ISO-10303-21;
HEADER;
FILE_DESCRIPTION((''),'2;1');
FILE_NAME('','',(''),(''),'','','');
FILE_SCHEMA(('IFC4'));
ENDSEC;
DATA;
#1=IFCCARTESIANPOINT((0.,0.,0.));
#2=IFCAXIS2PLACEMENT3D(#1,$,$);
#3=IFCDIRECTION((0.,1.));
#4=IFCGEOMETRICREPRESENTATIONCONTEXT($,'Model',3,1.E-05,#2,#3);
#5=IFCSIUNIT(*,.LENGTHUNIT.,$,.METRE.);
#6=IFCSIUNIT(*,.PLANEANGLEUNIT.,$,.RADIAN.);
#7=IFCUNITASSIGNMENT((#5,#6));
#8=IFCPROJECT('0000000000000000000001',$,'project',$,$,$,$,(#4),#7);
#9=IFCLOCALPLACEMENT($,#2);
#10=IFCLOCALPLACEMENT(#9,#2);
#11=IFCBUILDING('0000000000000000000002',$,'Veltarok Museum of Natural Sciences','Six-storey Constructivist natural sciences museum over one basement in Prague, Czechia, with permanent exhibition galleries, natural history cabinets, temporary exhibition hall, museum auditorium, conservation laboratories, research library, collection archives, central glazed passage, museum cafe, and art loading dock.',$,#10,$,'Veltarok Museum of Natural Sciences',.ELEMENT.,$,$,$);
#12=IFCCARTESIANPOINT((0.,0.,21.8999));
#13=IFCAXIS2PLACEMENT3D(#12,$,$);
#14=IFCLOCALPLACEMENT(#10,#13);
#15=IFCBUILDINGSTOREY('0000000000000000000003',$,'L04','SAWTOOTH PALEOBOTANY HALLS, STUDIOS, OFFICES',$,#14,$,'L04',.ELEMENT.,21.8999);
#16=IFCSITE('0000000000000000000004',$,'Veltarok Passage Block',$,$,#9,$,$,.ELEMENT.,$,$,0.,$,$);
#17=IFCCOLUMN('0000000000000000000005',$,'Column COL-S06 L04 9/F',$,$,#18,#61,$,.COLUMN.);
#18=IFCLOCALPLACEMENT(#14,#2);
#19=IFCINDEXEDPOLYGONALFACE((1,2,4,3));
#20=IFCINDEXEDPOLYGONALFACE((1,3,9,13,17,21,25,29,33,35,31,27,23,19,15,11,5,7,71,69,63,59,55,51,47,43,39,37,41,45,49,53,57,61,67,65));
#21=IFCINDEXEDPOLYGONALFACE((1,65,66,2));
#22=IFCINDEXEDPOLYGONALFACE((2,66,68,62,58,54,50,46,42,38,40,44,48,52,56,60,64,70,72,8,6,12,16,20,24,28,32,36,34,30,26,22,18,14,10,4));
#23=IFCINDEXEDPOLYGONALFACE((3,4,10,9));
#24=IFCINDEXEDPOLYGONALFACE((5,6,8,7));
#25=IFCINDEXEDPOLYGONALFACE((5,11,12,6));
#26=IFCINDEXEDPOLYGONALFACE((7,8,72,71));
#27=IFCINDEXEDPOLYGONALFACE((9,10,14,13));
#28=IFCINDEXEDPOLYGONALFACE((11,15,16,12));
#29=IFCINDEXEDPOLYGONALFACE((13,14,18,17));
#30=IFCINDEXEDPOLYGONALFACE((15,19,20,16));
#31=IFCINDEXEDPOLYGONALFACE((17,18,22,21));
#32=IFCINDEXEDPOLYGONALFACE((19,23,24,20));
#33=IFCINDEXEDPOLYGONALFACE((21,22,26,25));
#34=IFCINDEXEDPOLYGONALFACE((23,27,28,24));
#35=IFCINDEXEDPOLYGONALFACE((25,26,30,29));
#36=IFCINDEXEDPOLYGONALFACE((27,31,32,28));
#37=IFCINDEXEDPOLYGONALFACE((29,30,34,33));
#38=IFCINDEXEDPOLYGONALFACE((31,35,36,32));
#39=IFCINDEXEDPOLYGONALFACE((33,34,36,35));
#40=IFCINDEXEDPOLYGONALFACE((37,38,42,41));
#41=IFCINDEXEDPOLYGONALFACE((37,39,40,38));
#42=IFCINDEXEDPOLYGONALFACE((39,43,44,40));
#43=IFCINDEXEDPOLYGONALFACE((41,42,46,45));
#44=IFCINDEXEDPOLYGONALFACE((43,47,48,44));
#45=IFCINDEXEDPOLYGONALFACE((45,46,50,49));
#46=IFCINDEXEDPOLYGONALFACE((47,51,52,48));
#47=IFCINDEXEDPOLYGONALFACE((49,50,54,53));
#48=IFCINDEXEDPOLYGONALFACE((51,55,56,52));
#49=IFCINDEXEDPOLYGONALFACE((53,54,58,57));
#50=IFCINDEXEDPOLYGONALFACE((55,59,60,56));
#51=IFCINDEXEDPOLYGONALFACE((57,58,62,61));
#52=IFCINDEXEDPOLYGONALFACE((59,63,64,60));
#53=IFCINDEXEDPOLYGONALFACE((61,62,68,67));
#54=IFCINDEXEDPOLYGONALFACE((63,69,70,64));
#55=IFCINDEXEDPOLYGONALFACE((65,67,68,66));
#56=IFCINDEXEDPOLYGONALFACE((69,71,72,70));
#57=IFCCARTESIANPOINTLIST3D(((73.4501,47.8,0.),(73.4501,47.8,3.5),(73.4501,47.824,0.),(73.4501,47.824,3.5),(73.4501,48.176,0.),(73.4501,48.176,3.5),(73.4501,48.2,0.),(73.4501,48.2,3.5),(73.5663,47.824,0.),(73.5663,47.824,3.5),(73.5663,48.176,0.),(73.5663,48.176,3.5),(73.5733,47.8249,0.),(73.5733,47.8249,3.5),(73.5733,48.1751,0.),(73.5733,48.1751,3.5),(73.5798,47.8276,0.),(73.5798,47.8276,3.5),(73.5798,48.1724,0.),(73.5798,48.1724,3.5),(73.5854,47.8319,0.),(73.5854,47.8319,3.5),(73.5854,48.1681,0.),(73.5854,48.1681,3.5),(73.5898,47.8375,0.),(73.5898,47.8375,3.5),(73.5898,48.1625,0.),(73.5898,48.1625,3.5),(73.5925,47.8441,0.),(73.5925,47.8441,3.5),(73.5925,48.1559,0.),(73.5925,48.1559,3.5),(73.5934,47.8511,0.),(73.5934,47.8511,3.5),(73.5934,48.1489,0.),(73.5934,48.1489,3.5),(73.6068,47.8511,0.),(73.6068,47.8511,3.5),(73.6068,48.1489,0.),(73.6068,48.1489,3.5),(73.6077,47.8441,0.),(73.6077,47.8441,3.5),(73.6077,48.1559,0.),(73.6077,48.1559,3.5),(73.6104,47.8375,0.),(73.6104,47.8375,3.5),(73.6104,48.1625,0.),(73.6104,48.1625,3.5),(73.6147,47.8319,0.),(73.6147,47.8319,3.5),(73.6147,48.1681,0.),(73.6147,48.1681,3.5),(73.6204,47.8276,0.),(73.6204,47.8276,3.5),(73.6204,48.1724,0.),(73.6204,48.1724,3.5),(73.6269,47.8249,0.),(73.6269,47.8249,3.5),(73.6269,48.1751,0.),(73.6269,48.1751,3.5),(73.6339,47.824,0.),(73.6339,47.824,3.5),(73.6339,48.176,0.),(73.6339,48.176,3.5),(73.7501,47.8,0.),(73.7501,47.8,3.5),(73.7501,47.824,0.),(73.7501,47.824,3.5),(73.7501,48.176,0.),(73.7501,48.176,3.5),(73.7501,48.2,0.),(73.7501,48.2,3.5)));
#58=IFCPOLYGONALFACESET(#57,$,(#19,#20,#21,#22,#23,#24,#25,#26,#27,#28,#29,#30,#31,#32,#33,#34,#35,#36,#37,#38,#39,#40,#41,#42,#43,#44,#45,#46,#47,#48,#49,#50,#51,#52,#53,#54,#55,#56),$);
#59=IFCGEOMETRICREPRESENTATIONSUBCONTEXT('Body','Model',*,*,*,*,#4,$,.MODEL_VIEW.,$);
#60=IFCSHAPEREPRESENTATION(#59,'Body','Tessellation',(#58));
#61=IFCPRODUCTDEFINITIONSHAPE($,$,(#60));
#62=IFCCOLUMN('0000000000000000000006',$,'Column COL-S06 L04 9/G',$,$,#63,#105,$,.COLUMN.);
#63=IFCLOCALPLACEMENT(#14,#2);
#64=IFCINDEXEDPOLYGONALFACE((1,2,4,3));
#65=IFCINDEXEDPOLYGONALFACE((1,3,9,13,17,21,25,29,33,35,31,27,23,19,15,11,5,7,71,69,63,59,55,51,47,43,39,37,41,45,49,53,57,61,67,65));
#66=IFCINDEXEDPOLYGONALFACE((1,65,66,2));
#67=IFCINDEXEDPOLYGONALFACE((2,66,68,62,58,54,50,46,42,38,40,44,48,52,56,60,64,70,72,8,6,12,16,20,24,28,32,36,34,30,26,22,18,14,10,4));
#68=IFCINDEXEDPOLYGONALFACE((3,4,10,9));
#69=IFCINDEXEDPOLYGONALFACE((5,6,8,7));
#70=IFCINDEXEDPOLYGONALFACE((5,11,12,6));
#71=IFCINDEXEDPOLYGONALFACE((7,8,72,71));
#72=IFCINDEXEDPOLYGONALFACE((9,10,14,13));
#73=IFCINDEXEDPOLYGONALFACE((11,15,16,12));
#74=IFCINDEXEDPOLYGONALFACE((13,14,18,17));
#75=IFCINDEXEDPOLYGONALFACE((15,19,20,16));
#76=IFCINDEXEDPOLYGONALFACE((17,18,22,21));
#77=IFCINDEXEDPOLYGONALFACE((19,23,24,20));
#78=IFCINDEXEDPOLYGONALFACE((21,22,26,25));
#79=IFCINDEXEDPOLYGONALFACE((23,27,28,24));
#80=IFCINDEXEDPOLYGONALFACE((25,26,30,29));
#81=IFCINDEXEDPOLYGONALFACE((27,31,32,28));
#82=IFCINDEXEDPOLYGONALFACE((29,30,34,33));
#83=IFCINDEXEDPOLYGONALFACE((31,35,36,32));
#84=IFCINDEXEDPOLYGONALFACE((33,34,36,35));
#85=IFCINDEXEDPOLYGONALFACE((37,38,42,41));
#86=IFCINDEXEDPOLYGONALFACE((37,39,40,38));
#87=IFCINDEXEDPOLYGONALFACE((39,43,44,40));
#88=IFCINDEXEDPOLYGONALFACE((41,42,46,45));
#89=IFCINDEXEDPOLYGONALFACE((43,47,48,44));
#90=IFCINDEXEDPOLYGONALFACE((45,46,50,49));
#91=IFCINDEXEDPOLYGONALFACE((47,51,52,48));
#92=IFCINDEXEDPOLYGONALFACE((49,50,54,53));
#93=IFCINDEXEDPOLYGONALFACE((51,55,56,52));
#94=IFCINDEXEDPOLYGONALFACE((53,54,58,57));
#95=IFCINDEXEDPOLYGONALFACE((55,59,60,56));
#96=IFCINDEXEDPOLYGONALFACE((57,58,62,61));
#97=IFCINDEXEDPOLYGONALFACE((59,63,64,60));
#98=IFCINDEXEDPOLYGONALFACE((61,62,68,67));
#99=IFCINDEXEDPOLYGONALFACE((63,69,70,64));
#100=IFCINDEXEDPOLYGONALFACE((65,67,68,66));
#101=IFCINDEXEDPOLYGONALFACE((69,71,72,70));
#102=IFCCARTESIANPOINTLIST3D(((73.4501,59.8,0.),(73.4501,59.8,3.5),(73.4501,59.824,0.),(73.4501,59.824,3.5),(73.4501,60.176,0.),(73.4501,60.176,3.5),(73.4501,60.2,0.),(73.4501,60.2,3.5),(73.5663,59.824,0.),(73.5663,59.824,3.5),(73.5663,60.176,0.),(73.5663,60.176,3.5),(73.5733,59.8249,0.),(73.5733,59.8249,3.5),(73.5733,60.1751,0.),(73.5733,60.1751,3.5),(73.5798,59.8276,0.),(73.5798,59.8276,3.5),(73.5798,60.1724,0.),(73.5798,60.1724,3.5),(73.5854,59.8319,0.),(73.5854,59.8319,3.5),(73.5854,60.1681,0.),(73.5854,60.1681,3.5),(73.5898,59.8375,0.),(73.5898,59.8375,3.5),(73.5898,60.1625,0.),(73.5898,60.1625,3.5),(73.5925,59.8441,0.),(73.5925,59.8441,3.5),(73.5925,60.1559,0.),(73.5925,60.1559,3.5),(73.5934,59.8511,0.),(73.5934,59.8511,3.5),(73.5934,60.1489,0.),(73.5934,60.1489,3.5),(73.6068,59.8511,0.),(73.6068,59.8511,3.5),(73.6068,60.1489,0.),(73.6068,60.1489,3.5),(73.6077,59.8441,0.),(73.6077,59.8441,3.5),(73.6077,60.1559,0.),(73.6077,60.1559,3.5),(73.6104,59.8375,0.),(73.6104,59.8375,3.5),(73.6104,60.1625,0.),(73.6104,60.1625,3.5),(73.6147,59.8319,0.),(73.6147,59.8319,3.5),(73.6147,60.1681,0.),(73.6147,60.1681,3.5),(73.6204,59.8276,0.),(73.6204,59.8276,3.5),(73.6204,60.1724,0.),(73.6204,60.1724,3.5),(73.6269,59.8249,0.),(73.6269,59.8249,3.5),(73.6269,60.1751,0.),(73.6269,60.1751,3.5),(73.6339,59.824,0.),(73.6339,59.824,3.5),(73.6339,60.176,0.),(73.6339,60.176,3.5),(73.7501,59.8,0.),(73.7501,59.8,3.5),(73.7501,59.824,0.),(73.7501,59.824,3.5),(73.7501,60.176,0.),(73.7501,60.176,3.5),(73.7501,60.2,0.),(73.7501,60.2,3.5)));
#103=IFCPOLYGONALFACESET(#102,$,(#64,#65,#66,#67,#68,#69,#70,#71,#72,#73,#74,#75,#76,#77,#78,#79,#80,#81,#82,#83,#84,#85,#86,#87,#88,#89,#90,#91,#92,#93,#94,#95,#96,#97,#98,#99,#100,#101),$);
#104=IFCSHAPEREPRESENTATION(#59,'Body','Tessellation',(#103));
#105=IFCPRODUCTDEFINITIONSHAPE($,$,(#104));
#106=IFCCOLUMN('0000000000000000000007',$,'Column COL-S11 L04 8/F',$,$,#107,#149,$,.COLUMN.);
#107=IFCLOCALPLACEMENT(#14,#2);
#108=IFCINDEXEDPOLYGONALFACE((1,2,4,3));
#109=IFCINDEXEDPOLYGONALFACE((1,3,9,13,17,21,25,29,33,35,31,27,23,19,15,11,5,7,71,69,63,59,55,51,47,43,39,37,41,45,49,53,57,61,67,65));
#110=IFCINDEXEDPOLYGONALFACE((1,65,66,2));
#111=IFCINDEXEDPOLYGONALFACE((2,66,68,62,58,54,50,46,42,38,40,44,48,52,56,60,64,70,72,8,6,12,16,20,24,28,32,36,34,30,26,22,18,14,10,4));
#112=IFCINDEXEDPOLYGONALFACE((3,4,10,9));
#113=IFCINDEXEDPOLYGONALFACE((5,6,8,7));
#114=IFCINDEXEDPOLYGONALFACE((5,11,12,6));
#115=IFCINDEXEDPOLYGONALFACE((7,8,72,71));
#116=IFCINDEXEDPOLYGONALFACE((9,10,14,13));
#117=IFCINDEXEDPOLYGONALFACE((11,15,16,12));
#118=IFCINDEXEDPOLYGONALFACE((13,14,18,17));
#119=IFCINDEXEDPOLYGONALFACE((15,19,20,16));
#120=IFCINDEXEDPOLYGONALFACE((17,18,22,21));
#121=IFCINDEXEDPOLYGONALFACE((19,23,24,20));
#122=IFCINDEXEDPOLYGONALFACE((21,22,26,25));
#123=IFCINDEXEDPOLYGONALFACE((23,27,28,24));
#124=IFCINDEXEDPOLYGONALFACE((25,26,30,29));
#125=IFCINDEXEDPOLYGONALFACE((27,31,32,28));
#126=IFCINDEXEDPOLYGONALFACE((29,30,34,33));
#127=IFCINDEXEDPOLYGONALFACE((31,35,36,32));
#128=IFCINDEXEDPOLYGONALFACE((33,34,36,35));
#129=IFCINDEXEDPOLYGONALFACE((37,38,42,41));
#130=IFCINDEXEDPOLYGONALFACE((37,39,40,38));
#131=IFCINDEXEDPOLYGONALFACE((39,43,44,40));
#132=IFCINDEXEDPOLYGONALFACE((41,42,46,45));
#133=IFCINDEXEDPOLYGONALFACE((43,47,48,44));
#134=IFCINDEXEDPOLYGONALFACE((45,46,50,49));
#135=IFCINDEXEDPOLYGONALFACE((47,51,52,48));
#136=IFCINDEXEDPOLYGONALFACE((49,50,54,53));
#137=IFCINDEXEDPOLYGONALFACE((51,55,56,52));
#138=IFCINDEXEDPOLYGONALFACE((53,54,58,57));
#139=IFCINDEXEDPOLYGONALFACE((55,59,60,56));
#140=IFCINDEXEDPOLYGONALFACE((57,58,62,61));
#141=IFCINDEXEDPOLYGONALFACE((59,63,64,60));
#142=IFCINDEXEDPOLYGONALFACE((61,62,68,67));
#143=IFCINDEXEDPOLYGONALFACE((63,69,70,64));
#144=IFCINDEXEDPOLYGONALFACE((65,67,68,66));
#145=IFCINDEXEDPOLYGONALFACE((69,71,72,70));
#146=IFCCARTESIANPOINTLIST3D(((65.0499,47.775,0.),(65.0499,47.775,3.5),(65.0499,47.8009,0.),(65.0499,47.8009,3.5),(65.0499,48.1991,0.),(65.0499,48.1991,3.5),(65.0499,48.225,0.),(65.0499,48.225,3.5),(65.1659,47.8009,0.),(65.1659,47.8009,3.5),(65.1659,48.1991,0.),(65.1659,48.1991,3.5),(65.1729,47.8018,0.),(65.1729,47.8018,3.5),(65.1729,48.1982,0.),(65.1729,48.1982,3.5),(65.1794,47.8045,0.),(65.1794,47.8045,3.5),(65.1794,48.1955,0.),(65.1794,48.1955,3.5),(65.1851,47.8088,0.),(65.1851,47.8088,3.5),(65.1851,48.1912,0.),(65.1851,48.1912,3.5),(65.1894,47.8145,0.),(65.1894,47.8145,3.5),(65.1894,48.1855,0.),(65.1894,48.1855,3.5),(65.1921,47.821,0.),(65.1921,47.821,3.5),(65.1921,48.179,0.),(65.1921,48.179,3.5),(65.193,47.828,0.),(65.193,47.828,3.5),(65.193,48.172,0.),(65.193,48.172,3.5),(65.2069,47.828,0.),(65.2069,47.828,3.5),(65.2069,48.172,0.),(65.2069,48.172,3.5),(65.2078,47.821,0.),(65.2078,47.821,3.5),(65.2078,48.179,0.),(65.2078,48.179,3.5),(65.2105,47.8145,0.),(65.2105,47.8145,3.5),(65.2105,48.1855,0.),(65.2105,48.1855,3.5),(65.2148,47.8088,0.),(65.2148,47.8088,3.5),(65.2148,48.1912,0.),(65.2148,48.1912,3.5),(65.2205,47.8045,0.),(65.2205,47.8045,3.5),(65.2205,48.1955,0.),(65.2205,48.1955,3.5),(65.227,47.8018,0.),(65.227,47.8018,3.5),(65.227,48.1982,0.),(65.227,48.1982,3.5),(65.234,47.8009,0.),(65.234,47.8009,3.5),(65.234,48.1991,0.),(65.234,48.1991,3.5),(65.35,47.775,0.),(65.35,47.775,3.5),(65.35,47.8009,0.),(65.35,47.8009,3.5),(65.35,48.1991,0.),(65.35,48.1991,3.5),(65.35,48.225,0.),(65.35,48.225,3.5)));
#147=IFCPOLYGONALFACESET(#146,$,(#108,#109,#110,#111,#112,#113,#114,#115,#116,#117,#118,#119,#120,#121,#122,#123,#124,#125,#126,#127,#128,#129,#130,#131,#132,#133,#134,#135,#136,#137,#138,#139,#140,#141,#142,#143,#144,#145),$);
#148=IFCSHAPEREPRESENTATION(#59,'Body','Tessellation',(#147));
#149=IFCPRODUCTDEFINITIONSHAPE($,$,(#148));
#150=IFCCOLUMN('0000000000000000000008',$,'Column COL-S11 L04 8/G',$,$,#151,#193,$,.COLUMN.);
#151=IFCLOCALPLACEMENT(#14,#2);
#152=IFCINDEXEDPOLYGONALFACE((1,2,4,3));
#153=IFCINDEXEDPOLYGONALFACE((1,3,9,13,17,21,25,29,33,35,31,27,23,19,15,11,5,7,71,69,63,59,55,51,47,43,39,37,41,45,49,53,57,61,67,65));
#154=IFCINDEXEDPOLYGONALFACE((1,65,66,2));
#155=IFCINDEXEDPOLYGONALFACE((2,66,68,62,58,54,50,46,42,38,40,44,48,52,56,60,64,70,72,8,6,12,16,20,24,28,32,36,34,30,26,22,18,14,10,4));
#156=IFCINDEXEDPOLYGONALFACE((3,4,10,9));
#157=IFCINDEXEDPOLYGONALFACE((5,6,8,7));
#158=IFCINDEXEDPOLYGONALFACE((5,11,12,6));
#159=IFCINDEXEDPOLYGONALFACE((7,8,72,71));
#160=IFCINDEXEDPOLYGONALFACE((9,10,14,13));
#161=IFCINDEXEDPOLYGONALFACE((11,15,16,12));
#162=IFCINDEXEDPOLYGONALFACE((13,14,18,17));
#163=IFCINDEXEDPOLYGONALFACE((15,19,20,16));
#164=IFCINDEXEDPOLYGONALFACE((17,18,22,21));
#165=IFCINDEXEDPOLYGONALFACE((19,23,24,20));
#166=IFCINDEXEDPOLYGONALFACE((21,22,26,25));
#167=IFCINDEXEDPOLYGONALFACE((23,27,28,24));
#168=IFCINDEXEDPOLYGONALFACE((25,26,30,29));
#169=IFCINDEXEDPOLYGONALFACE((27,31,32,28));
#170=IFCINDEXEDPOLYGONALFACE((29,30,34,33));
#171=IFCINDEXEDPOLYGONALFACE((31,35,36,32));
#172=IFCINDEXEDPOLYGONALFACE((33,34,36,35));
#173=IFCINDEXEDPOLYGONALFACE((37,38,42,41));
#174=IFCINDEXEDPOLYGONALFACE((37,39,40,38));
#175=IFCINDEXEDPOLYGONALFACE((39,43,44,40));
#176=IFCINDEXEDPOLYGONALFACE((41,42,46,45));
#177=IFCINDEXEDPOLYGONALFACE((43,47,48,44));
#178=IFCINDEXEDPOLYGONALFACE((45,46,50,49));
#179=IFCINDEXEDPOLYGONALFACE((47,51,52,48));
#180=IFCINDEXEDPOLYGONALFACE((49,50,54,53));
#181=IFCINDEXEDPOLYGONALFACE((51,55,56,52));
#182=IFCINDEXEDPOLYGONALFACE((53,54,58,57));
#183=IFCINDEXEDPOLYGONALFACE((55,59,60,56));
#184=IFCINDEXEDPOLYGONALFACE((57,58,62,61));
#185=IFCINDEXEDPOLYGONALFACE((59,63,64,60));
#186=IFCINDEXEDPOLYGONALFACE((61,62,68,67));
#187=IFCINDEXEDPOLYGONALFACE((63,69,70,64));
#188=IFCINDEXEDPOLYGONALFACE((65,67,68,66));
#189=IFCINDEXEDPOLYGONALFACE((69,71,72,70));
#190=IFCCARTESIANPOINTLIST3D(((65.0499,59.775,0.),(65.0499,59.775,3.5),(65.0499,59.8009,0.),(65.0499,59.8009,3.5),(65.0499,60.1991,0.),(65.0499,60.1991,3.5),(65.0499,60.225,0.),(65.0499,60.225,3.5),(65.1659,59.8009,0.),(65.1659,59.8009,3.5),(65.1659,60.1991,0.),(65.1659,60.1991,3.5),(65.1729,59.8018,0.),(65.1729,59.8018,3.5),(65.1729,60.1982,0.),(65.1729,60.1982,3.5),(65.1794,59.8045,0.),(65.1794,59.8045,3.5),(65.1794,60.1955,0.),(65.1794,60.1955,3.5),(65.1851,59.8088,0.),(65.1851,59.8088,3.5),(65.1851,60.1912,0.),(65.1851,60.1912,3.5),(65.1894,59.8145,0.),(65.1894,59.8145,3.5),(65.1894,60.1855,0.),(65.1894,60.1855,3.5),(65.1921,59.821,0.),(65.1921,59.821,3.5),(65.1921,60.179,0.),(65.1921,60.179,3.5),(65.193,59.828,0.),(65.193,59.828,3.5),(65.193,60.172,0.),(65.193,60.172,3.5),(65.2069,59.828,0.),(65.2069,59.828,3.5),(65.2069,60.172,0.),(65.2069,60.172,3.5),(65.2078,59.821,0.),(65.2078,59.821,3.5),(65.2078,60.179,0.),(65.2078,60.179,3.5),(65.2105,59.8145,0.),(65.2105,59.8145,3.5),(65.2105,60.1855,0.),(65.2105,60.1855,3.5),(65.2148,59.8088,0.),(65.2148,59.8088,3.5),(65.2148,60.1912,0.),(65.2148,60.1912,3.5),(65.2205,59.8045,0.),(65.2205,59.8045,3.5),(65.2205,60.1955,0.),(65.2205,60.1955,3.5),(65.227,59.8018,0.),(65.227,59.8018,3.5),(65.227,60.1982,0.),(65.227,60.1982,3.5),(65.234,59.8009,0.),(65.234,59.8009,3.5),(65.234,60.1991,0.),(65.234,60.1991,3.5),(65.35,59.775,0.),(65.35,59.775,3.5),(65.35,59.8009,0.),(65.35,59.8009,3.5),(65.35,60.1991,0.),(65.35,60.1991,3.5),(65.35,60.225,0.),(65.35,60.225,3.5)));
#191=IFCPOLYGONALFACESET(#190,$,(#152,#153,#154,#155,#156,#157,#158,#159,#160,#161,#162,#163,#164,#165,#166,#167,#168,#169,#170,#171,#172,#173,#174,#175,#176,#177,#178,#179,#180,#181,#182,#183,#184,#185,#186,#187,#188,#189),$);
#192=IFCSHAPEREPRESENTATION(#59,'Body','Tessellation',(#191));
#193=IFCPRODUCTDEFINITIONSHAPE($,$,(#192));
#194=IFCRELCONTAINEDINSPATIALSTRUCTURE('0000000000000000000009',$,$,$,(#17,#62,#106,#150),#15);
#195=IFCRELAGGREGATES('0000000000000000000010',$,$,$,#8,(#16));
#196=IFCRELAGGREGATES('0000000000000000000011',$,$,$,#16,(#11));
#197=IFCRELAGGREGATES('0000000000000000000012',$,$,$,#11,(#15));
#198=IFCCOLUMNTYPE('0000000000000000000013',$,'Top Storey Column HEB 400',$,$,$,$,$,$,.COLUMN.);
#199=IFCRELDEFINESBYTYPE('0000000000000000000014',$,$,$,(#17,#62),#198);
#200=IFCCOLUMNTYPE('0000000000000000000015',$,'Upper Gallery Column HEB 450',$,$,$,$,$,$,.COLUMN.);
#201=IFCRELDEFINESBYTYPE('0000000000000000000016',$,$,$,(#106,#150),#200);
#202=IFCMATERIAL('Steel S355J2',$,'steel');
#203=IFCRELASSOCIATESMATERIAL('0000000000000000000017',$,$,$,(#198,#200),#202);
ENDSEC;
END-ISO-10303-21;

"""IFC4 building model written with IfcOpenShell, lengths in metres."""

from ifc_helpers import new_model, si_unit, direction, frame, origin, origin_2d, place, context, subcontext, project, spatial, i_section, extrude, material, material_profile, profile_set, type_object, element, save


model = new_model("IFC4")

# Units and contexts
model_context = context("Model", 3, precision=1e-05, world=origin(), true_north=direction((0.0, 1.0)))
body_context = subcontext(model_context, "Body", "Model", "MODEL_VIEW")
ifc_project = project(units=[si_unit("LENGTHUNIT", "METRE"), si_unit("PLANEANGLEUNIT", "RADIAN")], contexts=[model_context])

# Site, building, storey
site_placement = place(None, origin())
site = spatial("IfcSite", under=ifc_project, at=site_placement, Name="Veltarok Passage Block", CompositionType="ELEMENT", RefElevation=0.0)
building_placement = place(site_placement, origin())
building = spatial("IfcBuilding", under=site, at=building_placement, Name="Veltarok Museum of Natural Sciences", Description="Six-storey Constructivist natural sciences museum over one basement in Prague, Czechia, with permanent exhibition galleries, natural history cabinets, temporary exhibition hall, museum auditorium, conservation laboratories, research library, collection archives, central glazed passage, museum cafe, and art loading dock.", LongName="Veltarok Museum of Natural Sciences", CompositionType="ELEMENT")
storey_placement = place(building_placement, frame((0.0, 0.0, 21.8999)))
storey = spatial("IfcBuildingStorey", under=building, at=storey_placement, Name="L04", Description="SAWTOOTH PALEOBOTANY HALLS, STUDIOS, OFFICES", LongName="L04", CompositionType="ELEMENT", Elevation=21.8999)

# Columns
ifc_material = material(Name="Steel S355J2", Category="steel")
ifc_material_profile_1 = material_profile(ifc_material, i_section(OverallWidth=0.3, OverallDepth=0.3999, WebThickness=0.0134, FlangeThickness=0.0239, FilletRadius=0.0271, at=origin_2d()), Name="HEB 400")
ifc_profile_set_1 = profile_set([ifc_material_profile_1], Name="Steel S355J2")
column_type_1 = type_object("IfcColumnType", Name="Top Storey Column HEB 400", PredefinedType="COLUMN", material=ifc_profile_set_1)
for number, where, z_axis, x_axis, name in (
    (1, (73.6001, 48.0, 0.0), (0.0, 0.0, 1.0), (1.0, 0.0, 0.0), "Column COL-S06 L04 9/F"),
    (2, (73.6001, 60.0, 0.0), (0.0, 0.0, 1.0), (1.0, 0.0, 0.0), "Column COL-S06 L04 9/G"),
):
    element("IfcColumn", number, at=place(storey_placement, frame(where, z_axis=z_axis, x_axis=x_axis)), inside=storey, type_object=column_type_1, Name=name, PredefinedType="COLUMN", context=body_context, shape_type="SweptSolid", body=[
        extrude(i_section(OverallWidth=0.3, OverallDepth=0.3999, WebThickness=0.0134, FlangeThickness=0.0239, FilletRadius=0.0271, at=origin_2d()), origin(), (0.0, 0.0, 1.0), 3.5),
    ])
ifc_material_profile_2 = material_profile(ifc_material, i_section(OverallWidth=0.3, OverallDepth=0.45, WebThickness=0.0139, FlangeThickness=0.0259, FilletRadius=0.0271, at=origin_2d()), Name="HEB 450")
ifc_profile_set_2 = profile_set([ifc_material_profile_2], Name="Steel S355J2")
column_type_2 = type_object("IfcColumnType", Name="Upper Gallery Column HEB 450", PredefinedType="COLUMN", material=ifc_profile_set_2)
for number, where, z_axis, x_axis, name in (
    (3, (65.2, 48.0, 0.0), (0.0, 0.0, 1.0), (1.0, 0.0, 0.0), "Column COL-S11 L04 8/F"),
    (4, (65.2, 60.0, 0.0), (0.0, 0.0, 1.0), (1.0, 0.0, 0.0), "Column COL-S11 L04 8/G"),
):
    element("IfcColumn", number, at=place(storey_placement, frame(where, z_axis=z_axis, x_axis=x_axis)), inside=storey, type_object=column_type_2, Name=name, PredefinedType="COLUMN", context=body_context, shape_type="SweptSolid", body=[
        extrude(i_section(OverallWidth=0.3, OverallDepth=0.45, WebThickness=0.0139, FlangeThickness=0.0259, FilletRadius=0.0271, at=origin_2d()), origin(), (0.0, 0.0, 1.0), 3.5),
    ])

save(model, "model.ifc")
